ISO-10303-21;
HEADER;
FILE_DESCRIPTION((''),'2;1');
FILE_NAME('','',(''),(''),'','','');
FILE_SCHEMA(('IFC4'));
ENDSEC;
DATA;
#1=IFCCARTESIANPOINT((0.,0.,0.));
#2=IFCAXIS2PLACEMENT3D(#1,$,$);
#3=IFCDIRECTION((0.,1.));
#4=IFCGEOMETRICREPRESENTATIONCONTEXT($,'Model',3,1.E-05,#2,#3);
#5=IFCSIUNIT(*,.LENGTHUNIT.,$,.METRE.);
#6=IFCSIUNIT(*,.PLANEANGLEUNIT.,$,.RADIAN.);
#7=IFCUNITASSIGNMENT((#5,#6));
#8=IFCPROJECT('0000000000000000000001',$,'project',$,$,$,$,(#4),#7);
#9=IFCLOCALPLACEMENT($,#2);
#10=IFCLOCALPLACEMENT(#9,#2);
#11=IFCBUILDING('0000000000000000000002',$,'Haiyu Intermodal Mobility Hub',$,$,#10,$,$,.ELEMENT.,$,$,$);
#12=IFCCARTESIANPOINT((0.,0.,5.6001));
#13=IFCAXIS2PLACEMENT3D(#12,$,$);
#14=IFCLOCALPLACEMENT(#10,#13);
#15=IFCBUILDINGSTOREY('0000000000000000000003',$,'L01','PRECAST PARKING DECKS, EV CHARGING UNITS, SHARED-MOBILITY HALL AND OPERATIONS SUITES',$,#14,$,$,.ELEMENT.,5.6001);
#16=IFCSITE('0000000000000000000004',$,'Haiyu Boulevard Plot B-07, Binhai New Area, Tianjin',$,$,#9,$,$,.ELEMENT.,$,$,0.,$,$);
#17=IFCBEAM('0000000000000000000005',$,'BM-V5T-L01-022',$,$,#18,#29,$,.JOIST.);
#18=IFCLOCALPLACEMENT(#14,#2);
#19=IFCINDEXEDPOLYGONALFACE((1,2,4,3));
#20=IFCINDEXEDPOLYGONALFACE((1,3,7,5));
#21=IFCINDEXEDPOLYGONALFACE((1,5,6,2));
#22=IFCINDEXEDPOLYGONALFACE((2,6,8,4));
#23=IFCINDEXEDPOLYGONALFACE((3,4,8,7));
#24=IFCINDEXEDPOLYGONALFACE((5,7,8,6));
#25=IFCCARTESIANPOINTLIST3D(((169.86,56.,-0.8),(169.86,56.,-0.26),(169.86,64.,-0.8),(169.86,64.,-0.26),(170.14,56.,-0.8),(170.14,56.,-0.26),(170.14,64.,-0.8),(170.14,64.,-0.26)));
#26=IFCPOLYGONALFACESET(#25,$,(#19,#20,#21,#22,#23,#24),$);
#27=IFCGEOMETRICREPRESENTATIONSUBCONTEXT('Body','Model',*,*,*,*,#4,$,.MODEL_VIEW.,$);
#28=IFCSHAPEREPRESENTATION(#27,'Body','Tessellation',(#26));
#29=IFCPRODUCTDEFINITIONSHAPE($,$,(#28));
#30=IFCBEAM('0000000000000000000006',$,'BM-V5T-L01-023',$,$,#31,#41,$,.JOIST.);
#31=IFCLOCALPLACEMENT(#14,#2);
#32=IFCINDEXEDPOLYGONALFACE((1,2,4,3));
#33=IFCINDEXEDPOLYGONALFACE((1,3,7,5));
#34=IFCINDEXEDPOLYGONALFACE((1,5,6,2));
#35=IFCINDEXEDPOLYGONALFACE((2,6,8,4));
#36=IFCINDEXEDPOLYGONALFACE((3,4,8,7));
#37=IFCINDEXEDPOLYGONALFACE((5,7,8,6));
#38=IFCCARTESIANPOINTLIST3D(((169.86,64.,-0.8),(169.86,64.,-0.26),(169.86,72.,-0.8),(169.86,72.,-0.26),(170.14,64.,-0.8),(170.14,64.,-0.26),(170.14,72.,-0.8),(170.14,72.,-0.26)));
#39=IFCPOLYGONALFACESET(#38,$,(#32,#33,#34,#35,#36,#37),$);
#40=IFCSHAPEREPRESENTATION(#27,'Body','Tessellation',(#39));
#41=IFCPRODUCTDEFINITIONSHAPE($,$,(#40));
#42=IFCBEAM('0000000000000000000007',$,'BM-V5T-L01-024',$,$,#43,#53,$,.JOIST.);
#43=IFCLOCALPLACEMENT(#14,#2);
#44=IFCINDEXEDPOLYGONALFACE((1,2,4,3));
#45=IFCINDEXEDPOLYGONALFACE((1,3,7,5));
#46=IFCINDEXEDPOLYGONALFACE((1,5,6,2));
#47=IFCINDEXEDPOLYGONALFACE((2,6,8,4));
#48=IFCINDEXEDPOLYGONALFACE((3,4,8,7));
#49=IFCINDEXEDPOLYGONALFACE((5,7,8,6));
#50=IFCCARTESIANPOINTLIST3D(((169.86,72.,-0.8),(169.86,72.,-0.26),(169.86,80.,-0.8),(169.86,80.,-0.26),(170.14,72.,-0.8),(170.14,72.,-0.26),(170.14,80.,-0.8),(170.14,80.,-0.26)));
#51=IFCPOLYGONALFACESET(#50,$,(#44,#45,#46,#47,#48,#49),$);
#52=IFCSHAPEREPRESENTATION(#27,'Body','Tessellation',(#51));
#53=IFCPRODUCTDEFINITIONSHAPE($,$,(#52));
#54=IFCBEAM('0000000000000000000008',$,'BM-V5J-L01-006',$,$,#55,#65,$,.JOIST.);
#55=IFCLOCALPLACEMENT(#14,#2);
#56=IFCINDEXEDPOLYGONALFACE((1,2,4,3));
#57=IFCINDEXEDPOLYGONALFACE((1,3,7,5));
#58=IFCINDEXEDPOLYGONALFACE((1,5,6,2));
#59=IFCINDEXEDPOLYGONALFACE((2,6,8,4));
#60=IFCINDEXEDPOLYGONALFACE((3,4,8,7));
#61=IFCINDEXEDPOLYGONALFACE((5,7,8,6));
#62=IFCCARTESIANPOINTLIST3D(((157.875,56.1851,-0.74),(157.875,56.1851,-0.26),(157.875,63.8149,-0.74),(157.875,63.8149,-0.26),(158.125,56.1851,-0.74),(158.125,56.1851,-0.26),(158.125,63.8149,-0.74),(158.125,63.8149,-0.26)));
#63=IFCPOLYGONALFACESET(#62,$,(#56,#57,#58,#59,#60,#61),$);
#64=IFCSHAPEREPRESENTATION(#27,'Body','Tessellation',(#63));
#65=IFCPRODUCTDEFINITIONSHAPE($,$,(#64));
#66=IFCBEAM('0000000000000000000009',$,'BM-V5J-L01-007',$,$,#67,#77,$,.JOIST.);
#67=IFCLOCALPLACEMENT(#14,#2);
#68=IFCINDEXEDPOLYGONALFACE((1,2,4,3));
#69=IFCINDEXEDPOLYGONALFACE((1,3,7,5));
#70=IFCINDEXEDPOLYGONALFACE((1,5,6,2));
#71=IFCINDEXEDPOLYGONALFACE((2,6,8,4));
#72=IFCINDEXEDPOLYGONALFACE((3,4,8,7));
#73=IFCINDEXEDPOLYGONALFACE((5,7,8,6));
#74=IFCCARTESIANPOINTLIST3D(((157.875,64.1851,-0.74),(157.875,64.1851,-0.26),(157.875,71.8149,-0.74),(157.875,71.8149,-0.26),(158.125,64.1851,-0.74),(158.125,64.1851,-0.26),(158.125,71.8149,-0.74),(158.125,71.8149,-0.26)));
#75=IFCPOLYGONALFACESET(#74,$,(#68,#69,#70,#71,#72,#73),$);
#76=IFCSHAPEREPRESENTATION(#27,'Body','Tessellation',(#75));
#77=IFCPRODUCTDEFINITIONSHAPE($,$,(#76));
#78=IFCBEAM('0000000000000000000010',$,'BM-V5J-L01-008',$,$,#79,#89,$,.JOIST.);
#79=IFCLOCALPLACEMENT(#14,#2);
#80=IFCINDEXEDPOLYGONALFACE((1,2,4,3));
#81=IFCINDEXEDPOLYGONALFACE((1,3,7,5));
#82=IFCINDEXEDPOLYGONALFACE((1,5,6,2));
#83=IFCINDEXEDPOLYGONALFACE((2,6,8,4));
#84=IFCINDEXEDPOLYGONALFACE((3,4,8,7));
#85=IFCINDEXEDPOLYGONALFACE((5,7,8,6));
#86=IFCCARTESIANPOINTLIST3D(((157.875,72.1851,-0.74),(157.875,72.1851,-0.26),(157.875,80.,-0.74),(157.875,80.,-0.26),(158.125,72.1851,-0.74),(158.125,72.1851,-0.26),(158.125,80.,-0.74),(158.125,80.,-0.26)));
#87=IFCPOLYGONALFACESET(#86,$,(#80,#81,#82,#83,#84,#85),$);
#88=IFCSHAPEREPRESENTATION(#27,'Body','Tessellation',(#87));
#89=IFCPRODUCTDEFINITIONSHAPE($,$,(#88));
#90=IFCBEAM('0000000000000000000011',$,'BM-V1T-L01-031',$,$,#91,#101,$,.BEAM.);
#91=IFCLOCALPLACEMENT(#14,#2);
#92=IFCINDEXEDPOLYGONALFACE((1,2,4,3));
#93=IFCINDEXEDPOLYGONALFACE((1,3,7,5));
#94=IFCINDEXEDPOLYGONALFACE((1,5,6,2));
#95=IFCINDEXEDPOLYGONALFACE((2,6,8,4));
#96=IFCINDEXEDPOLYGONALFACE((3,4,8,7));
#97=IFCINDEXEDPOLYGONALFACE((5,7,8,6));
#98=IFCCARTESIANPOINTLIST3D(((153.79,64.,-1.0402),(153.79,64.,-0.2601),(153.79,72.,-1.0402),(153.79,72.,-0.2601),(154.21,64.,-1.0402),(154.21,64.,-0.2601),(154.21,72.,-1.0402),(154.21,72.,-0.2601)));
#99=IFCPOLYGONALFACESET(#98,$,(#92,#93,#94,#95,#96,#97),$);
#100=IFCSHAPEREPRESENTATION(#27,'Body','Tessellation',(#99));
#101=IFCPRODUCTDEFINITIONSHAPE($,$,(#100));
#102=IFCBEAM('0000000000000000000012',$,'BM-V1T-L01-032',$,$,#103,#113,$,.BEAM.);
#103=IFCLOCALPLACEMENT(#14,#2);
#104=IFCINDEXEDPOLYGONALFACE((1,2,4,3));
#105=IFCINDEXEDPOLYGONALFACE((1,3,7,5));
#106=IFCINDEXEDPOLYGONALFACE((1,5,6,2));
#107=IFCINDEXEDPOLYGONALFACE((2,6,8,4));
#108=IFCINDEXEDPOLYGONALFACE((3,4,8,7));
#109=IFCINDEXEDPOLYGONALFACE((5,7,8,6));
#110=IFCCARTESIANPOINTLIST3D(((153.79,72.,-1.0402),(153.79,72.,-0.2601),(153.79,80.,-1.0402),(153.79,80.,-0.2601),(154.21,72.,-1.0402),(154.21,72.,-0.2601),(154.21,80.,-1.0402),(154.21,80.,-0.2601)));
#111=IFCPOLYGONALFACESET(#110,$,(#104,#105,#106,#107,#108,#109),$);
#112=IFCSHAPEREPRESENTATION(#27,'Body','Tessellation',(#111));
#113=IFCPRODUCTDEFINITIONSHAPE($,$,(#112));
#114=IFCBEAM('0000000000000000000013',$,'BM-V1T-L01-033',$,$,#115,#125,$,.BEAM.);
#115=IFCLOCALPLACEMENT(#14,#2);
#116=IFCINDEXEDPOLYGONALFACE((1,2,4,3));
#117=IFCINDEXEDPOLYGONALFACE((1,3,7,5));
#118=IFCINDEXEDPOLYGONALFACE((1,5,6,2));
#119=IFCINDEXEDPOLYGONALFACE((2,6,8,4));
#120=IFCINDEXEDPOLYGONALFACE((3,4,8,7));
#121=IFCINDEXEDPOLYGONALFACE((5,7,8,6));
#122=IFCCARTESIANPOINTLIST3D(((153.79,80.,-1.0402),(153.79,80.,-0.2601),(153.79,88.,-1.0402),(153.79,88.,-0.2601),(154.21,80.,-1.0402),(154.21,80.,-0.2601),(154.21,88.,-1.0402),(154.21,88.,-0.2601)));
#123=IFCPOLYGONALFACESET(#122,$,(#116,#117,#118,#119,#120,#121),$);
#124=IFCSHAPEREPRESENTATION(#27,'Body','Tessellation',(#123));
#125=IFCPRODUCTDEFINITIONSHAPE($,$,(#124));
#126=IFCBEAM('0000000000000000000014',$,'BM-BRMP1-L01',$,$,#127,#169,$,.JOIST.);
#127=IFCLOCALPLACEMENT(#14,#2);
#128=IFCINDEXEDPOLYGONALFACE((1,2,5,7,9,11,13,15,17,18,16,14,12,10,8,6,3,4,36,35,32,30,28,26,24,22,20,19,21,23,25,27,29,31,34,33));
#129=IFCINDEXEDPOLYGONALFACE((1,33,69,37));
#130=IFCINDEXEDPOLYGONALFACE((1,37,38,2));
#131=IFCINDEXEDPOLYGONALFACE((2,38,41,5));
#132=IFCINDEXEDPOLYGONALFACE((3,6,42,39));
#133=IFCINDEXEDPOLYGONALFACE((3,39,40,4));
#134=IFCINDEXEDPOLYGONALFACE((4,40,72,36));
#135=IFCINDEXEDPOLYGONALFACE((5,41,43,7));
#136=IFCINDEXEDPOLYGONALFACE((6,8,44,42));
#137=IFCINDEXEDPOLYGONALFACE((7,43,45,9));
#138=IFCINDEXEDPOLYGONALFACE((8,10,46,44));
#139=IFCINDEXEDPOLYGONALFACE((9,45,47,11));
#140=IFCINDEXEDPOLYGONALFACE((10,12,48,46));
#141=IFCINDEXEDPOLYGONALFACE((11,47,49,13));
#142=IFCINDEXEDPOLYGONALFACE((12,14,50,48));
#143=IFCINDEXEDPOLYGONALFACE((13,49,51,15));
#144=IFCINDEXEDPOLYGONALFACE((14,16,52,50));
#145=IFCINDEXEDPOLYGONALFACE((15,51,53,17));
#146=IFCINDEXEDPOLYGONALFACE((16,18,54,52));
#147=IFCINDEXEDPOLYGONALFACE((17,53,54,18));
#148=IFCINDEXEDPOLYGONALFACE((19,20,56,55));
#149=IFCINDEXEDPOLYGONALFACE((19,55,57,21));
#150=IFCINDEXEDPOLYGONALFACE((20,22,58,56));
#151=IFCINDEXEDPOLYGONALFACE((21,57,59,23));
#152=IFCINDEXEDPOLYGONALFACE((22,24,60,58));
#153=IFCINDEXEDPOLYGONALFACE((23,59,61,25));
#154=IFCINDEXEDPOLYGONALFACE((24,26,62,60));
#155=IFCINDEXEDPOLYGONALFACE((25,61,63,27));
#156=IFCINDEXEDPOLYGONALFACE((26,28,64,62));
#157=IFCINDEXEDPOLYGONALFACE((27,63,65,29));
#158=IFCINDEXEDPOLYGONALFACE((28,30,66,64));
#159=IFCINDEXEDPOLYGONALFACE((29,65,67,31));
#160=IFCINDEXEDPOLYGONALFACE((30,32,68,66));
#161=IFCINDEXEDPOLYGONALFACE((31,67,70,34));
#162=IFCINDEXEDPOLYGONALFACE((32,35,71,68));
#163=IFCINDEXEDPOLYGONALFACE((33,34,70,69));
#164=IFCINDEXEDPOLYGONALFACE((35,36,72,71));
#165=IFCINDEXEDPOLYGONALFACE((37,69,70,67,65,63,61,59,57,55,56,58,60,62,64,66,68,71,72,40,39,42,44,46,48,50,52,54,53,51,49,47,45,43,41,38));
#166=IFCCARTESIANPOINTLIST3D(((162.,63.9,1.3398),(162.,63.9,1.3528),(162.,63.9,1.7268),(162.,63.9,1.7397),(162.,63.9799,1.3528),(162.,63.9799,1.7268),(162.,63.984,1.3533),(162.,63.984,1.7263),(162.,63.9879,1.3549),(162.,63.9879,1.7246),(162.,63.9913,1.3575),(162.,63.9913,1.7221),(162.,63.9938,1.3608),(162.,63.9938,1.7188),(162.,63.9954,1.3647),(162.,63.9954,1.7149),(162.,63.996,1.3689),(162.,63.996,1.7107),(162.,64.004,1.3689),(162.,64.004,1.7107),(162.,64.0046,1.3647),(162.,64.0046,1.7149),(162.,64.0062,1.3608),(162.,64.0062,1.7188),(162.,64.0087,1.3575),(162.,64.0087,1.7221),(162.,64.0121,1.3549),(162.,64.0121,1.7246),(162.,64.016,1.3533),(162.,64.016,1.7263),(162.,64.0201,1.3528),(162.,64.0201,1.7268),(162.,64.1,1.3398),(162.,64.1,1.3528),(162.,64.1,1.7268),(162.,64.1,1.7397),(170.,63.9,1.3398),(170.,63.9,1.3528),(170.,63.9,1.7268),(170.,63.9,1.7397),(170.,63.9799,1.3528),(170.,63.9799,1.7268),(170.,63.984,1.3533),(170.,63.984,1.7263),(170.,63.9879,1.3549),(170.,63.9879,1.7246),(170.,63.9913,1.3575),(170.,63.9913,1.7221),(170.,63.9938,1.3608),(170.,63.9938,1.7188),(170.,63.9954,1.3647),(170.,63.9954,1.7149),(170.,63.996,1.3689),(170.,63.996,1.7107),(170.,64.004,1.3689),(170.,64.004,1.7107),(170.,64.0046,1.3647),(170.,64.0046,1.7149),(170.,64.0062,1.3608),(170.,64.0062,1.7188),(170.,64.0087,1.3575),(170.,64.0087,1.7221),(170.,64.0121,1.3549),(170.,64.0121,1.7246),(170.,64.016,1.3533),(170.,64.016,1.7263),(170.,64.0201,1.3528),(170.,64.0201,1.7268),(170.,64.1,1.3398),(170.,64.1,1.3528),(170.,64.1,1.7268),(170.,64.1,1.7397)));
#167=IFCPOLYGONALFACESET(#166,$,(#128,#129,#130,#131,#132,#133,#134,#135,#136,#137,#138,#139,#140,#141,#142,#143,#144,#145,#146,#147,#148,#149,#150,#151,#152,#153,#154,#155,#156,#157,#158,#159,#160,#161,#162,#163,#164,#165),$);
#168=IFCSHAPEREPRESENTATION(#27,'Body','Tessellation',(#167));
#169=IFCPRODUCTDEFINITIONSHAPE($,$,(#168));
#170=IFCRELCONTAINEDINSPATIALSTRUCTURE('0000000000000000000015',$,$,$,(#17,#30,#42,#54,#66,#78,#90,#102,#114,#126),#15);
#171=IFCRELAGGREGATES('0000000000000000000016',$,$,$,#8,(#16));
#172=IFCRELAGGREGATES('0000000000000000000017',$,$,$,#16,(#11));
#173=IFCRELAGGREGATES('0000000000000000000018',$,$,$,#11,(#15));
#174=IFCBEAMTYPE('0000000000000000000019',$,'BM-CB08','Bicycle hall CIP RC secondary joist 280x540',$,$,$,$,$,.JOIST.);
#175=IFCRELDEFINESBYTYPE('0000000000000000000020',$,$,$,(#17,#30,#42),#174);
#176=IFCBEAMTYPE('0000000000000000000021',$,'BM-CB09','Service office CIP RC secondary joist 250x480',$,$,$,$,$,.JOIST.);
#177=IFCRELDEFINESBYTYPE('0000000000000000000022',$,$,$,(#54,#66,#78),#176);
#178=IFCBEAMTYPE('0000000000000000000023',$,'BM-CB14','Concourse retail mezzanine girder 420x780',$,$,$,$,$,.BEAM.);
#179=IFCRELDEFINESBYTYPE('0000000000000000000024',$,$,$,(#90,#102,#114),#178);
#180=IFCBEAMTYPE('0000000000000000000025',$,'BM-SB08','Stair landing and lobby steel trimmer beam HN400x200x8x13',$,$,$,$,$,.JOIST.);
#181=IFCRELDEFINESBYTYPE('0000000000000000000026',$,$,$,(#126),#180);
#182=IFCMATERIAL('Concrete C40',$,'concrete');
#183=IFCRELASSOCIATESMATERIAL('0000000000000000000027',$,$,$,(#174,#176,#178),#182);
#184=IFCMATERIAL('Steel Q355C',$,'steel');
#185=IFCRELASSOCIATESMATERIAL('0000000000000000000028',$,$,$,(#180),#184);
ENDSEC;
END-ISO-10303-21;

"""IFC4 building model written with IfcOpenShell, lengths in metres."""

from ifc_helpers import new_model, si_unit, direction, frame, origin, origin_2d, place, context, subcontext, project, spatial, rectangle, i_section, extrude, material, material_profile, profile_set, type_object, element, save


model = new_model("IFC4")

# Units and contexts
model_context = context("Model", 3, precision=1e-05, world=origin(), true_north=direction((0.0, 1.0)))
body_context = subcontext(model_context, "Body", "Model", "MODEL_VIEW")
ifc_project = project(units=[si_unit("LENGTHUNIT", "METRE"), si_unit("PLANEANGLEUNIT", "RADIAN")], contexts=[model_context])

# Site, building, storey
site_placement = place(None, origin())
site = spatial("IfcSite", under=ifc_project, at=site_placement, Name="Haiyu Boulevard Plot B-07, Binhai New Area, Tianjin", CompositionType="ELEMENT", RefElevation=0.0)
building_placement = place(site_placement, origin())
building = spatial("IfcBuilding", under=site, at=building_placement, Name="Haiyu Intermodal Mobility Hub", CompositionType="ELEMENT")
storey_placement = place(building_placement, frame((0.0, 0.0, 5.6001)))
storey = spatial("IfcBuildingStorey", under=building, at=storey_placement, Name="L01", Description="PRECAST PARKING DECKS, EV CHARGING UNITS, SHARED-MOBILITY HALL AND OPERATIONS SUITES", CompositionType="ELEMENT", Elevation=5.6001)

# Shared definitions
ifc_material_1 = material(Name="Concrete C40", Category="concrete")

# Beams
ifc_material_profile_1 = material_profile(ifc_material_1, rectangle(XDim=0.28, YDim=0.54, at=origin_2d()), Name="RCB280x540")
ifc_profile_set_1 = profile_set([ifc_material_profile_1], Name="Concrete C40")
beam_type_1 = type_object("IfcBeamType", Name="BM-CB08", Description="Bicycle hall CIP RC secondary joist 280x540", PredefinedType="JOIST", material=ifc_profile_set_1)
for number, where, z_axis, x_axis, name in (
    (1, (170.0, 56.0, -0.53), (0.0, 1.0, 0.0), (-1.0, 0.0, 0.0), "BM-V5T-L01-022"),
    (2, (170.0, 64.0, -0.53), (0.0, 1.0, 0.0), (-1.0, 0.0, 0.0), "BM-V5T-L01-023"),
    (3, (170.0, 72.0, -0.53), (0.0, 1.0, 0.0), (-1.0, 0.0, 0.0), "BM-V5T-L01-024"),
):
    element("IfcBeam", number, at=place(storey_placement, frame(where, z_axis=z_axis, x_axis=x_axis)), inside=storey, type_object=beam_type_1, Name=name, PredefinedType="JOIST", context=body_context, shape_type="SweptSolid", body=[
        extrude(rectangle(XDim=0.28, YDim=0.54, at=origin_2d()), origin(), (0.0, 0.0, 1.0), 8.0),
    ])
ifc_material_profile_2 = material_profile(ifc_material_1, rectangle(XDim=0.25, YDim=0.48, at=origin_2d()), Name="RCB250x480")
ifc_profile_set_2 = profile_set([ifc_material_profile_2], Name="Concrete C40")
beam_type_2 = type_object("IfcBeamType", Name="BM-CB09", Description="Service office CIP RC secondary joist 250x480", PredefinedType="JOIST", material=ifc_profile_set_2)
for number, where, z_axis, x_axis, name in (
    (4, (158.0, 56.1851, -0.5), (0.0, 1.0, 0.0), (-1.0, 0.0, 0.0), "BM-V5J-L01-006"),
    (5, (158.0, 64.1851, -0.5), (0.0, 1.0, 0.0), (-1.0, 0.0, 0.0), "BM-V5J-L01-007"),
):
    element("IfcBeam", number, at=place(storey_placement, frame(where, z_axis=z_axis, x_axis=x_axis)), inside=storey, type_object=beam_type_2, Name=name, PredefinedType="JOIST", context=body_context, shape_type="SweptSolid", body=[
        extrude(rectangle(XDim=0.25, YDim=0.48, at=origin_2d()), origin(), (0.0, 0.0, 1.0), 7.6299),
    ])
beam_1_placement = place(storey_placement, frame((158.0, 72.1851, -0.5), z_axis=(0.0, 1.0, 0.0), x_axis=(-1.0, 0.0, 0.0)))
element("IfcBeam", 6, at=beam_1_placement, inside=storey, type_object=beam_type_2, Name="BM-V5J-L01-008", PredefinedType="JOIST", context=body_context, shape_type="SweptSolid", body=[
    extrude(rectangle(XDim=0.25, YDim=0.48, at=origin_2d()), origin(), (0.0, 0.0, 1.0), 7.8149),
])
ifc_material_profile_3 = material_profile(ifc_material_1, rectangle(XDim=0.4199, YDim=0.78, at=origin_2d()), Name="B420x780")
ifc_profile_set_3 = profile_set([ifc_material_profile_3], Name="Concrete C40")
beam_type_3 = type_object("IfcBeamType", Name="BM-CB14", Description="Concourse retail mezzanine girder 420x780", PredefinedType="BEAM", material=ifc_profile_set_3)
for number, where, z_axis, x_axis, name in (
    (7, (154.0, 64.0, -0.6501), (0.0, 1.0, 0.0), (-1.0, 0.0, 0.0), "BM-V1T-L01-031"),
    (8, (154.0, 72.0, -0.6501), (0.0, 1.0, 0.0), (-1.0, 0.0, 0.0), "BM-V1T-L01-032"),
    (9, (154.0, 80.0, -0.6501), (0.0, 1.0, 0.0), (-1.0, 0.0, 0.0), "BM-V1T-L01-033"),
):
    element("IfcBeam", number, at=place(storey_placement, frame(where, z_axis=z_axis, x_axis=x_axis)), inside=storey, type_object=beam_type_3, Name=name, PredefinedType="BEAM", context=body_context, shape_type="SweptSolid", body=[
        extrude(rectangle(XDim=0.4199, YDim=0.78, at=origin_2d()), origin(), (0.0, 0.0, 1.0), 8.0),
    ])
ifc_material_2 = material(Name="Steel Q355C", Category="steel")
ifc_material_profile_4 = material_profile(ifc_material_2, i_section(OverallWidth=0.2, OverallDepth=0.3999, WebThickness=0.0081, FlangeThickness=0.0129, FilletRadius=0.0161, at=origin_2d()), Name="HN400x200x8x13")
ifc_profile_set_4 = profile_set([ifc_material_profile_4], Name="Steel Q355C")
beam_type_4 = type_object("IfcBeamType", Name="BM-SB08", Description="Stair landing and lobby steel trimmer beam HN400x200x8x13", PredefinedType="JOIST", material=ifc_profile_set_4)
for number, where, z_axis, x_axis, name in (
    (10, (162.0, 64.0, 1.5398), (1.0, 0.0, 0.0), (0.0, 1.0, 0.0), "BM-BRMP1-L01"),
):
    element("IfcBeam", number, at=place(storey_placement, frame(where, z_axis=z_axis, x_axis=x_axis)), inside=storey, type_object=beam_type_4, Name=name, PredefinedType="JOIST", context=body_context, shape_type="SweptSolid", body=[
        extrude(i_section(OverallWidth=0.2, OverallDepth=0.3999, WebThickness=0.0081, FlangeThickness=0.0129, FilletRadius=0.0161, at=origin_2d()), origin(), (0.0, 0.0, 1.0), 8.0),
    ])

save(model, "model.ifc")
